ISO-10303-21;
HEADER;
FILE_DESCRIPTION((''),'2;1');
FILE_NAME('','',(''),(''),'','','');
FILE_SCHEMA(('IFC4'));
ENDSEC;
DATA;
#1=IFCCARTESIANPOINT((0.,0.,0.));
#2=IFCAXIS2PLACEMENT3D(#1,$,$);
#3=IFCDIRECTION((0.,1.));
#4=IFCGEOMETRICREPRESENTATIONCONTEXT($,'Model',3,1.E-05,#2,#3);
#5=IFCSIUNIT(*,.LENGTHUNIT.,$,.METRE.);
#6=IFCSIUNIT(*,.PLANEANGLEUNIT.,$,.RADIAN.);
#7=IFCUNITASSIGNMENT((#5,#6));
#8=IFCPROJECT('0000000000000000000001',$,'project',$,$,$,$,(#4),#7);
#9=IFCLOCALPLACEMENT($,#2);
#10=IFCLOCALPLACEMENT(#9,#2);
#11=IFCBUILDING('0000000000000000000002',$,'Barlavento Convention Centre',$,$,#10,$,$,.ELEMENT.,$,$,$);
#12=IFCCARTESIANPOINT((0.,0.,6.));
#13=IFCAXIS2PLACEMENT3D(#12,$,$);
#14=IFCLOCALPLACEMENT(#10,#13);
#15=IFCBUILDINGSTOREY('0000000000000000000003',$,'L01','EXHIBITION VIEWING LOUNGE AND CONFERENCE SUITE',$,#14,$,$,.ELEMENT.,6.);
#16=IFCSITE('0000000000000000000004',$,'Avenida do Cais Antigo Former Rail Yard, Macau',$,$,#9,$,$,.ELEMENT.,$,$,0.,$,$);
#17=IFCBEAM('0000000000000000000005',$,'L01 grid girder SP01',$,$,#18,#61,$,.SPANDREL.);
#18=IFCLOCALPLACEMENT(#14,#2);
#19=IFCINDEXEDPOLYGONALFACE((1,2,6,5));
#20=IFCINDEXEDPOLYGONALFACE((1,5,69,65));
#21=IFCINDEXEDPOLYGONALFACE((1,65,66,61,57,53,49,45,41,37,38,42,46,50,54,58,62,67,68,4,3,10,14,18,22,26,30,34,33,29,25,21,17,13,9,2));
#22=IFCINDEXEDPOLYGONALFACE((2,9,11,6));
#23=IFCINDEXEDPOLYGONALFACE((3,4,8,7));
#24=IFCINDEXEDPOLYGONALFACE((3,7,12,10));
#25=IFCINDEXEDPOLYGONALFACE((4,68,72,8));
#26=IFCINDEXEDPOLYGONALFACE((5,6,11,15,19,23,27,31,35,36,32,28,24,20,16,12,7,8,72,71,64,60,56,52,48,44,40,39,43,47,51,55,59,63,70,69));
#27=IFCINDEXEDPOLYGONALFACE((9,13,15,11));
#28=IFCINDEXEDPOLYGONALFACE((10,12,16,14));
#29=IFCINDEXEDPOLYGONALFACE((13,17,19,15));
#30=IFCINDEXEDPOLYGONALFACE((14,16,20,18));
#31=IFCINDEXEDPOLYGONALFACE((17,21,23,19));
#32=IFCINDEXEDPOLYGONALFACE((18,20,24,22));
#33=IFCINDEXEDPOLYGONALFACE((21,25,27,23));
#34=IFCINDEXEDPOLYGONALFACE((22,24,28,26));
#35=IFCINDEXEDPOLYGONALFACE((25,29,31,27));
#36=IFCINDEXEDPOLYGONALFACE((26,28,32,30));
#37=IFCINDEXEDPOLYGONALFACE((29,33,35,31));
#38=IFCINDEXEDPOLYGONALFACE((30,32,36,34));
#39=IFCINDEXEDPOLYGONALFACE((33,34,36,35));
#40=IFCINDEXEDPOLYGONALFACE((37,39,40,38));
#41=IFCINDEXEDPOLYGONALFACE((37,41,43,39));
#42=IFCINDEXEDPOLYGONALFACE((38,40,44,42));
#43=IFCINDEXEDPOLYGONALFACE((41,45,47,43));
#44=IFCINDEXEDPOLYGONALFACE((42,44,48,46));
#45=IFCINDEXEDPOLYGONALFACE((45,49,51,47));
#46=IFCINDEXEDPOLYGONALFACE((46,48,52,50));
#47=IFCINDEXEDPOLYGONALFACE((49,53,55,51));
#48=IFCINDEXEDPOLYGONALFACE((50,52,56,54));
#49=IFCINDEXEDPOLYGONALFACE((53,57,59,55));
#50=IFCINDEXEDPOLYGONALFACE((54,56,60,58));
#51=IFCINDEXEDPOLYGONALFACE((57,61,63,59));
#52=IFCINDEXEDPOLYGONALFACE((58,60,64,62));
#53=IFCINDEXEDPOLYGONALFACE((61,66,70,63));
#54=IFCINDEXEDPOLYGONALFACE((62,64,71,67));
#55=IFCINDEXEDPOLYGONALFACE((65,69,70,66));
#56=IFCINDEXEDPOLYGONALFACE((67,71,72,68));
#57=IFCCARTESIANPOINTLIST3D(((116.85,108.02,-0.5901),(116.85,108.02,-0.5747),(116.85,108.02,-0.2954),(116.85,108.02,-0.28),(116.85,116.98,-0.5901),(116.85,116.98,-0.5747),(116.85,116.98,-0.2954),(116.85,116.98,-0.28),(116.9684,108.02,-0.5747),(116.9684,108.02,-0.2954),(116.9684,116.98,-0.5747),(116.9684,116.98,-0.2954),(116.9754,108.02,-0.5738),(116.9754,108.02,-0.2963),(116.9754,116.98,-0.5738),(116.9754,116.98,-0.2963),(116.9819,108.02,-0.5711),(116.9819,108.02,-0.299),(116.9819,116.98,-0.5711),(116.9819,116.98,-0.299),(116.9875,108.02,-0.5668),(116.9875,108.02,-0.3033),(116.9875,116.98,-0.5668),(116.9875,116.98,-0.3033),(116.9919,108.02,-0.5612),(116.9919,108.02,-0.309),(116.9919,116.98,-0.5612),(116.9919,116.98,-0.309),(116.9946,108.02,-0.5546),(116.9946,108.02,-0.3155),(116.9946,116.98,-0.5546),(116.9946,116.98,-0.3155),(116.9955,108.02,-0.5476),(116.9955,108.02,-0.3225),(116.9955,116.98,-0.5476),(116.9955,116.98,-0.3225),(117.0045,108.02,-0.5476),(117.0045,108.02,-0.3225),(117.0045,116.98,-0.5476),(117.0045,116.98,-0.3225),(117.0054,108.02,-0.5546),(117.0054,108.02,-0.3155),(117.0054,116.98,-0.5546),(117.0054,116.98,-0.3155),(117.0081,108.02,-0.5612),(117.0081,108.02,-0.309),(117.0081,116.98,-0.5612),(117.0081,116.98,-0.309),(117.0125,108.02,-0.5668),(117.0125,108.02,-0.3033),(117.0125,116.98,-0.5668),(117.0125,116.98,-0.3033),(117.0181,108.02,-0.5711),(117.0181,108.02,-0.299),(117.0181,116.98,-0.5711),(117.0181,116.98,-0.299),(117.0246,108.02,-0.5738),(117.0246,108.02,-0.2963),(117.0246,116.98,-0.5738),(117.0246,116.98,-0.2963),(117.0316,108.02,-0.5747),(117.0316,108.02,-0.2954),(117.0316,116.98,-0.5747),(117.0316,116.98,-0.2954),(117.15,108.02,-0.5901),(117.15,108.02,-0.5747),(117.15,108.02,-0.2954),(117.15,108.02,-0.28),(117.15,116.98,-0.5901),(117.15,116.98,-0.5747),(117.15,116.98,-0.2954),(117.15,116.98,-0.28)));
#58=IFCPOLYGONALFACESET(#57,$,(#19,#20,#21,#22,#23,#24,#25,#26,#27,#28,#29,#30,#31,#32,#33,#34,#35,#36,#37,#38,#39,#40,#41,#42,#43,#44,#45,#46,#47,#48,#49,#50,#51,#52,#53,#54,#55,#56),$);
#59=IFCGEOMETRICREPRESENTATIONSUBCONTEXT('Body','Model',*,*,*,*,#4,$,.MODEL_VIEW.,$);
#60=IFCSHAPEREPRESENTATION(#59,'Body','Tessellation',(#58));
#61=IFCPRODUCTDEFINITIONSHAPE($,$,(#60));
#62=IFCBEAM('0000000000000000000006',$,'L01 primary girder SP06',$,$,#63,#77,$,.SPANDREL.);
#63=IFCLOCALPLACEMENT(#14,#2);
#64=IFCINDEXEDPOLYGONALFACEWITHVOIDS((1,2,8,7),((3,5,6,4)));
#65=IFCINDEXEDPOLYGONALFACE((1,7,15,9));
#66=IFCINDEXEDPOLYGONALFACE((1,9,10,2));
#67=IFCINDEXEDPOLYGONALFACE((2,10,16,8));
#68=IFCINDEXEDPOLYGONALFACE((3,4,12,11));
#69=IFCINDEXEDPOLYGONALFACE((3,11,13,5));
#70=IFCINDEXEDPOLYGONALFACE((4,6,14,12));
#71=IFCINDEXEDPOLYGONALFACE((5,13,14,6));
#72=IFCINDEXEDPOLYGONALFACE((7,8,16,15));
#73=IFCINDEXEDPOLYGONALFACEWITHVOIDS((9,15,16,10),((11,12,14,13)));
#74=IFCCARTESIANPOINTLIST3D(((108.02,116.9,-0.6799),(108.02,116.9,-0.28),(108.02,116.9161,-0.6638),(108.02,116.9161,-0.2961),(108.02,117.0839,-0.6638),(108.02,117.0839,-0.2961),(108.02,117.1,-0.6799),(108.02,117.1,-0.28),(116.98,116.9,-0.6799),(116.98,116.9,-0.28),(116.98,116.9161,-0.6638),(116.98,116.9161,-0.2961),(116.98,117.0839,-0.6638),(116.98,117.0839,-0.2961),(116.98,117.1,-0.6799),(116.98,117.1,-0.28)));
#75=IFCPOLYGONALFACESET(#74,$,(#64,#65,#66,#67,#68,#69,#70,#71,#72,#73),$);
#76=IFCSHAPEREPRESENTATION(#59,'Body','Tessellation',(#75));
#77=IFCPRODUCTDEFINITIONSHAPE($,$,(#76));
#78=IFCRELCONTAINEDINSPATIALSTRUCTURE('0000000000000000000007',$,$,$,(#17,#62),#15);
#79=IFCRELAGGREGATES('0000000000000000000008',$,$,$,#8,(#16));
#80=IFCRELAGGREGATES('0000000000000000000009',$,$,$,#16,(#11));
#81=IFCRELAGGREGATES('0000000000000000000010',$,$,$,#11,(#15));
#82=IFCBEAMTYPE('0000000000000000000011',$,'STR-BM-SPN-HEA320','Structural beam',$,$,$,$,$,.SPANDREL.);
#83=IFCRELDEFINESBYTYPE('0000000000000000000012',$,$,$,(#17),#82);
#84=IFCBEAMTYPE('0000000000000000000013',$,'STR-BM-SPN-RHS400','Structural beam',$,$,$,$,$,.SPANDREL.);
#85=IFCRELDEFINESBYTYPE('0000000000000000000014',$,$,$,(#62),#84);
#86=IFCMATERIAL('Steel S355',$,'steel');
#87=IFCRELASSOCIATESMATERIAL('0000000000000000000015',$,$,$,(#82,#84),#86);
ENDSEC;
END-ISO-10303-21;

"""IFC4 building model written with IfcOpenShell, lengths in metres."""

from ifc_helpers import new_model, si_unit, direction, frame, origin, origin_2d, place, context, subcontext, project, spatial, hollow_rectangle, i_section, extrude, material, material_profile, profile_set, type_object, element, save


model = new_model("IFC4")

# Units and contexts
model_context = context("Model", 3, precision=1e-05, world=origin(), true_north=direction((0.0, 1.0)))
body_context = subcontext(model_context, "Body", "Model", "MODEL_VIEW")
ifc_project = project(units=[si_unit("LENGTHUNIT", "METRE"), si_unit("PLANEANGLEUNIT", "RADIAN")], contexts=[model_context])

# Site, building, storey
site_placement = place(None, origin())
site = spatial("IfcSite", under=ifc_project, at=site_placement, Name="Avenida do Cais Antigo Former Rail Yard, Macau", CompositionType="ELEMENT", RefElevation=0.0)
building_placement = place(site_placement, origin())
building = spatial("IfcBuilding", under=site, at=building_placement, Name="Barlavento Convention Centre", CompositionType="ELEMENT")
storey_placement = place(building_placement, frame((0.0, 0.0, 6.0)))
storey = spatial("IfcBuildingStorey", under=building, at=storey_placement, Name="L01", Description="EXHIBITION VIEWING LOUNGE AND CONFERENCE SUITE", CompositionType="ELEMENT", Elevation=6.0)

# Shared definitions
ifc_material_1 = material(Name="Steel S355", Category="steel")

# Beams
ifc_material_profile_1 = material_profile(ifc_material_1, i_section(OverallWidth=0.3, OverallDepth=0.3101, WebThickness=0.009, FlangeThickness=0.0154, FilletRadius=0.0271, at=origin_2d()), Name="HEA 320")
ifc_profile_set_1 = profile_set([ifc_material_profile_1], Name="Steel S355")
beam_type_1 = type_object("IfcBeamType", Name="STR-BM-SPN-HEA320", Description="Structural beam", PredefinedType="SPANDREL", material=ifc_profile_set_1)
beam_1_placement = place(storey_placement, frame((117.0, 108.02, -0.4351), z_axis=(0.0, 1.0, 0.0), x_axis=(-1.0, 0.0, 0.0)))
element("IfcBeam", 1, at=beam_1_placement, inside=storey, type_object=beam_type_1, Name="L01 grid girder SP01", PredefinedType="SPANDREL", context=body_context, shape_type="SweptSolid", body=[
    extrude(i_section(OverallWidth=0.3, OverallDepth=0.3101, WebThickness=0.009, FlangeThickness=0.0154, FilletRadius=0.0271, at=origin_2d()), origin(), (0.0, 0.0, 1.0), 8.96),
])
ifc_material_profile_2 = material_profile(ifc_material_1, hollow_rectangle(XDim=0.2, YDim=0.3999, WallThickness=0.0161, at=origin_2d()), Name="RHS 400x200x16.0")
ifc_profile_set_2 = profile_set([ifc_material_profile_2], Name="Steel S355")
beam_type_2 = type_object("IfcBeamType", Name="STR-BM-SPN-RHS400", Description="Structural beam", PredefinedType="SPANDREL", material=ifc_profile_set_2)
beam_2_placement = place(storey_placement, frame((108.02, 117.0, -0.48), z_axis=(1.0, 0.0, 0.0), x_axis=(0.0, 1.0, 0.0)))
element("IfcBeam", 2, at=beam_2_placement, inside=storey, type_object=beam_type_2, Name="L01 primary girder SP06", PredefinedType="SPANDREL", context=body_context, shape_type="SweptSolid", body=[
    extrude(hollow_rectangle(XDim=0.2, YDim=0.3999, WallThickness=0.0161, at=origin_2d()), origin(), (0.0, 0.0, 1.0), 8.96),
])

save(model, "model.ifc")
